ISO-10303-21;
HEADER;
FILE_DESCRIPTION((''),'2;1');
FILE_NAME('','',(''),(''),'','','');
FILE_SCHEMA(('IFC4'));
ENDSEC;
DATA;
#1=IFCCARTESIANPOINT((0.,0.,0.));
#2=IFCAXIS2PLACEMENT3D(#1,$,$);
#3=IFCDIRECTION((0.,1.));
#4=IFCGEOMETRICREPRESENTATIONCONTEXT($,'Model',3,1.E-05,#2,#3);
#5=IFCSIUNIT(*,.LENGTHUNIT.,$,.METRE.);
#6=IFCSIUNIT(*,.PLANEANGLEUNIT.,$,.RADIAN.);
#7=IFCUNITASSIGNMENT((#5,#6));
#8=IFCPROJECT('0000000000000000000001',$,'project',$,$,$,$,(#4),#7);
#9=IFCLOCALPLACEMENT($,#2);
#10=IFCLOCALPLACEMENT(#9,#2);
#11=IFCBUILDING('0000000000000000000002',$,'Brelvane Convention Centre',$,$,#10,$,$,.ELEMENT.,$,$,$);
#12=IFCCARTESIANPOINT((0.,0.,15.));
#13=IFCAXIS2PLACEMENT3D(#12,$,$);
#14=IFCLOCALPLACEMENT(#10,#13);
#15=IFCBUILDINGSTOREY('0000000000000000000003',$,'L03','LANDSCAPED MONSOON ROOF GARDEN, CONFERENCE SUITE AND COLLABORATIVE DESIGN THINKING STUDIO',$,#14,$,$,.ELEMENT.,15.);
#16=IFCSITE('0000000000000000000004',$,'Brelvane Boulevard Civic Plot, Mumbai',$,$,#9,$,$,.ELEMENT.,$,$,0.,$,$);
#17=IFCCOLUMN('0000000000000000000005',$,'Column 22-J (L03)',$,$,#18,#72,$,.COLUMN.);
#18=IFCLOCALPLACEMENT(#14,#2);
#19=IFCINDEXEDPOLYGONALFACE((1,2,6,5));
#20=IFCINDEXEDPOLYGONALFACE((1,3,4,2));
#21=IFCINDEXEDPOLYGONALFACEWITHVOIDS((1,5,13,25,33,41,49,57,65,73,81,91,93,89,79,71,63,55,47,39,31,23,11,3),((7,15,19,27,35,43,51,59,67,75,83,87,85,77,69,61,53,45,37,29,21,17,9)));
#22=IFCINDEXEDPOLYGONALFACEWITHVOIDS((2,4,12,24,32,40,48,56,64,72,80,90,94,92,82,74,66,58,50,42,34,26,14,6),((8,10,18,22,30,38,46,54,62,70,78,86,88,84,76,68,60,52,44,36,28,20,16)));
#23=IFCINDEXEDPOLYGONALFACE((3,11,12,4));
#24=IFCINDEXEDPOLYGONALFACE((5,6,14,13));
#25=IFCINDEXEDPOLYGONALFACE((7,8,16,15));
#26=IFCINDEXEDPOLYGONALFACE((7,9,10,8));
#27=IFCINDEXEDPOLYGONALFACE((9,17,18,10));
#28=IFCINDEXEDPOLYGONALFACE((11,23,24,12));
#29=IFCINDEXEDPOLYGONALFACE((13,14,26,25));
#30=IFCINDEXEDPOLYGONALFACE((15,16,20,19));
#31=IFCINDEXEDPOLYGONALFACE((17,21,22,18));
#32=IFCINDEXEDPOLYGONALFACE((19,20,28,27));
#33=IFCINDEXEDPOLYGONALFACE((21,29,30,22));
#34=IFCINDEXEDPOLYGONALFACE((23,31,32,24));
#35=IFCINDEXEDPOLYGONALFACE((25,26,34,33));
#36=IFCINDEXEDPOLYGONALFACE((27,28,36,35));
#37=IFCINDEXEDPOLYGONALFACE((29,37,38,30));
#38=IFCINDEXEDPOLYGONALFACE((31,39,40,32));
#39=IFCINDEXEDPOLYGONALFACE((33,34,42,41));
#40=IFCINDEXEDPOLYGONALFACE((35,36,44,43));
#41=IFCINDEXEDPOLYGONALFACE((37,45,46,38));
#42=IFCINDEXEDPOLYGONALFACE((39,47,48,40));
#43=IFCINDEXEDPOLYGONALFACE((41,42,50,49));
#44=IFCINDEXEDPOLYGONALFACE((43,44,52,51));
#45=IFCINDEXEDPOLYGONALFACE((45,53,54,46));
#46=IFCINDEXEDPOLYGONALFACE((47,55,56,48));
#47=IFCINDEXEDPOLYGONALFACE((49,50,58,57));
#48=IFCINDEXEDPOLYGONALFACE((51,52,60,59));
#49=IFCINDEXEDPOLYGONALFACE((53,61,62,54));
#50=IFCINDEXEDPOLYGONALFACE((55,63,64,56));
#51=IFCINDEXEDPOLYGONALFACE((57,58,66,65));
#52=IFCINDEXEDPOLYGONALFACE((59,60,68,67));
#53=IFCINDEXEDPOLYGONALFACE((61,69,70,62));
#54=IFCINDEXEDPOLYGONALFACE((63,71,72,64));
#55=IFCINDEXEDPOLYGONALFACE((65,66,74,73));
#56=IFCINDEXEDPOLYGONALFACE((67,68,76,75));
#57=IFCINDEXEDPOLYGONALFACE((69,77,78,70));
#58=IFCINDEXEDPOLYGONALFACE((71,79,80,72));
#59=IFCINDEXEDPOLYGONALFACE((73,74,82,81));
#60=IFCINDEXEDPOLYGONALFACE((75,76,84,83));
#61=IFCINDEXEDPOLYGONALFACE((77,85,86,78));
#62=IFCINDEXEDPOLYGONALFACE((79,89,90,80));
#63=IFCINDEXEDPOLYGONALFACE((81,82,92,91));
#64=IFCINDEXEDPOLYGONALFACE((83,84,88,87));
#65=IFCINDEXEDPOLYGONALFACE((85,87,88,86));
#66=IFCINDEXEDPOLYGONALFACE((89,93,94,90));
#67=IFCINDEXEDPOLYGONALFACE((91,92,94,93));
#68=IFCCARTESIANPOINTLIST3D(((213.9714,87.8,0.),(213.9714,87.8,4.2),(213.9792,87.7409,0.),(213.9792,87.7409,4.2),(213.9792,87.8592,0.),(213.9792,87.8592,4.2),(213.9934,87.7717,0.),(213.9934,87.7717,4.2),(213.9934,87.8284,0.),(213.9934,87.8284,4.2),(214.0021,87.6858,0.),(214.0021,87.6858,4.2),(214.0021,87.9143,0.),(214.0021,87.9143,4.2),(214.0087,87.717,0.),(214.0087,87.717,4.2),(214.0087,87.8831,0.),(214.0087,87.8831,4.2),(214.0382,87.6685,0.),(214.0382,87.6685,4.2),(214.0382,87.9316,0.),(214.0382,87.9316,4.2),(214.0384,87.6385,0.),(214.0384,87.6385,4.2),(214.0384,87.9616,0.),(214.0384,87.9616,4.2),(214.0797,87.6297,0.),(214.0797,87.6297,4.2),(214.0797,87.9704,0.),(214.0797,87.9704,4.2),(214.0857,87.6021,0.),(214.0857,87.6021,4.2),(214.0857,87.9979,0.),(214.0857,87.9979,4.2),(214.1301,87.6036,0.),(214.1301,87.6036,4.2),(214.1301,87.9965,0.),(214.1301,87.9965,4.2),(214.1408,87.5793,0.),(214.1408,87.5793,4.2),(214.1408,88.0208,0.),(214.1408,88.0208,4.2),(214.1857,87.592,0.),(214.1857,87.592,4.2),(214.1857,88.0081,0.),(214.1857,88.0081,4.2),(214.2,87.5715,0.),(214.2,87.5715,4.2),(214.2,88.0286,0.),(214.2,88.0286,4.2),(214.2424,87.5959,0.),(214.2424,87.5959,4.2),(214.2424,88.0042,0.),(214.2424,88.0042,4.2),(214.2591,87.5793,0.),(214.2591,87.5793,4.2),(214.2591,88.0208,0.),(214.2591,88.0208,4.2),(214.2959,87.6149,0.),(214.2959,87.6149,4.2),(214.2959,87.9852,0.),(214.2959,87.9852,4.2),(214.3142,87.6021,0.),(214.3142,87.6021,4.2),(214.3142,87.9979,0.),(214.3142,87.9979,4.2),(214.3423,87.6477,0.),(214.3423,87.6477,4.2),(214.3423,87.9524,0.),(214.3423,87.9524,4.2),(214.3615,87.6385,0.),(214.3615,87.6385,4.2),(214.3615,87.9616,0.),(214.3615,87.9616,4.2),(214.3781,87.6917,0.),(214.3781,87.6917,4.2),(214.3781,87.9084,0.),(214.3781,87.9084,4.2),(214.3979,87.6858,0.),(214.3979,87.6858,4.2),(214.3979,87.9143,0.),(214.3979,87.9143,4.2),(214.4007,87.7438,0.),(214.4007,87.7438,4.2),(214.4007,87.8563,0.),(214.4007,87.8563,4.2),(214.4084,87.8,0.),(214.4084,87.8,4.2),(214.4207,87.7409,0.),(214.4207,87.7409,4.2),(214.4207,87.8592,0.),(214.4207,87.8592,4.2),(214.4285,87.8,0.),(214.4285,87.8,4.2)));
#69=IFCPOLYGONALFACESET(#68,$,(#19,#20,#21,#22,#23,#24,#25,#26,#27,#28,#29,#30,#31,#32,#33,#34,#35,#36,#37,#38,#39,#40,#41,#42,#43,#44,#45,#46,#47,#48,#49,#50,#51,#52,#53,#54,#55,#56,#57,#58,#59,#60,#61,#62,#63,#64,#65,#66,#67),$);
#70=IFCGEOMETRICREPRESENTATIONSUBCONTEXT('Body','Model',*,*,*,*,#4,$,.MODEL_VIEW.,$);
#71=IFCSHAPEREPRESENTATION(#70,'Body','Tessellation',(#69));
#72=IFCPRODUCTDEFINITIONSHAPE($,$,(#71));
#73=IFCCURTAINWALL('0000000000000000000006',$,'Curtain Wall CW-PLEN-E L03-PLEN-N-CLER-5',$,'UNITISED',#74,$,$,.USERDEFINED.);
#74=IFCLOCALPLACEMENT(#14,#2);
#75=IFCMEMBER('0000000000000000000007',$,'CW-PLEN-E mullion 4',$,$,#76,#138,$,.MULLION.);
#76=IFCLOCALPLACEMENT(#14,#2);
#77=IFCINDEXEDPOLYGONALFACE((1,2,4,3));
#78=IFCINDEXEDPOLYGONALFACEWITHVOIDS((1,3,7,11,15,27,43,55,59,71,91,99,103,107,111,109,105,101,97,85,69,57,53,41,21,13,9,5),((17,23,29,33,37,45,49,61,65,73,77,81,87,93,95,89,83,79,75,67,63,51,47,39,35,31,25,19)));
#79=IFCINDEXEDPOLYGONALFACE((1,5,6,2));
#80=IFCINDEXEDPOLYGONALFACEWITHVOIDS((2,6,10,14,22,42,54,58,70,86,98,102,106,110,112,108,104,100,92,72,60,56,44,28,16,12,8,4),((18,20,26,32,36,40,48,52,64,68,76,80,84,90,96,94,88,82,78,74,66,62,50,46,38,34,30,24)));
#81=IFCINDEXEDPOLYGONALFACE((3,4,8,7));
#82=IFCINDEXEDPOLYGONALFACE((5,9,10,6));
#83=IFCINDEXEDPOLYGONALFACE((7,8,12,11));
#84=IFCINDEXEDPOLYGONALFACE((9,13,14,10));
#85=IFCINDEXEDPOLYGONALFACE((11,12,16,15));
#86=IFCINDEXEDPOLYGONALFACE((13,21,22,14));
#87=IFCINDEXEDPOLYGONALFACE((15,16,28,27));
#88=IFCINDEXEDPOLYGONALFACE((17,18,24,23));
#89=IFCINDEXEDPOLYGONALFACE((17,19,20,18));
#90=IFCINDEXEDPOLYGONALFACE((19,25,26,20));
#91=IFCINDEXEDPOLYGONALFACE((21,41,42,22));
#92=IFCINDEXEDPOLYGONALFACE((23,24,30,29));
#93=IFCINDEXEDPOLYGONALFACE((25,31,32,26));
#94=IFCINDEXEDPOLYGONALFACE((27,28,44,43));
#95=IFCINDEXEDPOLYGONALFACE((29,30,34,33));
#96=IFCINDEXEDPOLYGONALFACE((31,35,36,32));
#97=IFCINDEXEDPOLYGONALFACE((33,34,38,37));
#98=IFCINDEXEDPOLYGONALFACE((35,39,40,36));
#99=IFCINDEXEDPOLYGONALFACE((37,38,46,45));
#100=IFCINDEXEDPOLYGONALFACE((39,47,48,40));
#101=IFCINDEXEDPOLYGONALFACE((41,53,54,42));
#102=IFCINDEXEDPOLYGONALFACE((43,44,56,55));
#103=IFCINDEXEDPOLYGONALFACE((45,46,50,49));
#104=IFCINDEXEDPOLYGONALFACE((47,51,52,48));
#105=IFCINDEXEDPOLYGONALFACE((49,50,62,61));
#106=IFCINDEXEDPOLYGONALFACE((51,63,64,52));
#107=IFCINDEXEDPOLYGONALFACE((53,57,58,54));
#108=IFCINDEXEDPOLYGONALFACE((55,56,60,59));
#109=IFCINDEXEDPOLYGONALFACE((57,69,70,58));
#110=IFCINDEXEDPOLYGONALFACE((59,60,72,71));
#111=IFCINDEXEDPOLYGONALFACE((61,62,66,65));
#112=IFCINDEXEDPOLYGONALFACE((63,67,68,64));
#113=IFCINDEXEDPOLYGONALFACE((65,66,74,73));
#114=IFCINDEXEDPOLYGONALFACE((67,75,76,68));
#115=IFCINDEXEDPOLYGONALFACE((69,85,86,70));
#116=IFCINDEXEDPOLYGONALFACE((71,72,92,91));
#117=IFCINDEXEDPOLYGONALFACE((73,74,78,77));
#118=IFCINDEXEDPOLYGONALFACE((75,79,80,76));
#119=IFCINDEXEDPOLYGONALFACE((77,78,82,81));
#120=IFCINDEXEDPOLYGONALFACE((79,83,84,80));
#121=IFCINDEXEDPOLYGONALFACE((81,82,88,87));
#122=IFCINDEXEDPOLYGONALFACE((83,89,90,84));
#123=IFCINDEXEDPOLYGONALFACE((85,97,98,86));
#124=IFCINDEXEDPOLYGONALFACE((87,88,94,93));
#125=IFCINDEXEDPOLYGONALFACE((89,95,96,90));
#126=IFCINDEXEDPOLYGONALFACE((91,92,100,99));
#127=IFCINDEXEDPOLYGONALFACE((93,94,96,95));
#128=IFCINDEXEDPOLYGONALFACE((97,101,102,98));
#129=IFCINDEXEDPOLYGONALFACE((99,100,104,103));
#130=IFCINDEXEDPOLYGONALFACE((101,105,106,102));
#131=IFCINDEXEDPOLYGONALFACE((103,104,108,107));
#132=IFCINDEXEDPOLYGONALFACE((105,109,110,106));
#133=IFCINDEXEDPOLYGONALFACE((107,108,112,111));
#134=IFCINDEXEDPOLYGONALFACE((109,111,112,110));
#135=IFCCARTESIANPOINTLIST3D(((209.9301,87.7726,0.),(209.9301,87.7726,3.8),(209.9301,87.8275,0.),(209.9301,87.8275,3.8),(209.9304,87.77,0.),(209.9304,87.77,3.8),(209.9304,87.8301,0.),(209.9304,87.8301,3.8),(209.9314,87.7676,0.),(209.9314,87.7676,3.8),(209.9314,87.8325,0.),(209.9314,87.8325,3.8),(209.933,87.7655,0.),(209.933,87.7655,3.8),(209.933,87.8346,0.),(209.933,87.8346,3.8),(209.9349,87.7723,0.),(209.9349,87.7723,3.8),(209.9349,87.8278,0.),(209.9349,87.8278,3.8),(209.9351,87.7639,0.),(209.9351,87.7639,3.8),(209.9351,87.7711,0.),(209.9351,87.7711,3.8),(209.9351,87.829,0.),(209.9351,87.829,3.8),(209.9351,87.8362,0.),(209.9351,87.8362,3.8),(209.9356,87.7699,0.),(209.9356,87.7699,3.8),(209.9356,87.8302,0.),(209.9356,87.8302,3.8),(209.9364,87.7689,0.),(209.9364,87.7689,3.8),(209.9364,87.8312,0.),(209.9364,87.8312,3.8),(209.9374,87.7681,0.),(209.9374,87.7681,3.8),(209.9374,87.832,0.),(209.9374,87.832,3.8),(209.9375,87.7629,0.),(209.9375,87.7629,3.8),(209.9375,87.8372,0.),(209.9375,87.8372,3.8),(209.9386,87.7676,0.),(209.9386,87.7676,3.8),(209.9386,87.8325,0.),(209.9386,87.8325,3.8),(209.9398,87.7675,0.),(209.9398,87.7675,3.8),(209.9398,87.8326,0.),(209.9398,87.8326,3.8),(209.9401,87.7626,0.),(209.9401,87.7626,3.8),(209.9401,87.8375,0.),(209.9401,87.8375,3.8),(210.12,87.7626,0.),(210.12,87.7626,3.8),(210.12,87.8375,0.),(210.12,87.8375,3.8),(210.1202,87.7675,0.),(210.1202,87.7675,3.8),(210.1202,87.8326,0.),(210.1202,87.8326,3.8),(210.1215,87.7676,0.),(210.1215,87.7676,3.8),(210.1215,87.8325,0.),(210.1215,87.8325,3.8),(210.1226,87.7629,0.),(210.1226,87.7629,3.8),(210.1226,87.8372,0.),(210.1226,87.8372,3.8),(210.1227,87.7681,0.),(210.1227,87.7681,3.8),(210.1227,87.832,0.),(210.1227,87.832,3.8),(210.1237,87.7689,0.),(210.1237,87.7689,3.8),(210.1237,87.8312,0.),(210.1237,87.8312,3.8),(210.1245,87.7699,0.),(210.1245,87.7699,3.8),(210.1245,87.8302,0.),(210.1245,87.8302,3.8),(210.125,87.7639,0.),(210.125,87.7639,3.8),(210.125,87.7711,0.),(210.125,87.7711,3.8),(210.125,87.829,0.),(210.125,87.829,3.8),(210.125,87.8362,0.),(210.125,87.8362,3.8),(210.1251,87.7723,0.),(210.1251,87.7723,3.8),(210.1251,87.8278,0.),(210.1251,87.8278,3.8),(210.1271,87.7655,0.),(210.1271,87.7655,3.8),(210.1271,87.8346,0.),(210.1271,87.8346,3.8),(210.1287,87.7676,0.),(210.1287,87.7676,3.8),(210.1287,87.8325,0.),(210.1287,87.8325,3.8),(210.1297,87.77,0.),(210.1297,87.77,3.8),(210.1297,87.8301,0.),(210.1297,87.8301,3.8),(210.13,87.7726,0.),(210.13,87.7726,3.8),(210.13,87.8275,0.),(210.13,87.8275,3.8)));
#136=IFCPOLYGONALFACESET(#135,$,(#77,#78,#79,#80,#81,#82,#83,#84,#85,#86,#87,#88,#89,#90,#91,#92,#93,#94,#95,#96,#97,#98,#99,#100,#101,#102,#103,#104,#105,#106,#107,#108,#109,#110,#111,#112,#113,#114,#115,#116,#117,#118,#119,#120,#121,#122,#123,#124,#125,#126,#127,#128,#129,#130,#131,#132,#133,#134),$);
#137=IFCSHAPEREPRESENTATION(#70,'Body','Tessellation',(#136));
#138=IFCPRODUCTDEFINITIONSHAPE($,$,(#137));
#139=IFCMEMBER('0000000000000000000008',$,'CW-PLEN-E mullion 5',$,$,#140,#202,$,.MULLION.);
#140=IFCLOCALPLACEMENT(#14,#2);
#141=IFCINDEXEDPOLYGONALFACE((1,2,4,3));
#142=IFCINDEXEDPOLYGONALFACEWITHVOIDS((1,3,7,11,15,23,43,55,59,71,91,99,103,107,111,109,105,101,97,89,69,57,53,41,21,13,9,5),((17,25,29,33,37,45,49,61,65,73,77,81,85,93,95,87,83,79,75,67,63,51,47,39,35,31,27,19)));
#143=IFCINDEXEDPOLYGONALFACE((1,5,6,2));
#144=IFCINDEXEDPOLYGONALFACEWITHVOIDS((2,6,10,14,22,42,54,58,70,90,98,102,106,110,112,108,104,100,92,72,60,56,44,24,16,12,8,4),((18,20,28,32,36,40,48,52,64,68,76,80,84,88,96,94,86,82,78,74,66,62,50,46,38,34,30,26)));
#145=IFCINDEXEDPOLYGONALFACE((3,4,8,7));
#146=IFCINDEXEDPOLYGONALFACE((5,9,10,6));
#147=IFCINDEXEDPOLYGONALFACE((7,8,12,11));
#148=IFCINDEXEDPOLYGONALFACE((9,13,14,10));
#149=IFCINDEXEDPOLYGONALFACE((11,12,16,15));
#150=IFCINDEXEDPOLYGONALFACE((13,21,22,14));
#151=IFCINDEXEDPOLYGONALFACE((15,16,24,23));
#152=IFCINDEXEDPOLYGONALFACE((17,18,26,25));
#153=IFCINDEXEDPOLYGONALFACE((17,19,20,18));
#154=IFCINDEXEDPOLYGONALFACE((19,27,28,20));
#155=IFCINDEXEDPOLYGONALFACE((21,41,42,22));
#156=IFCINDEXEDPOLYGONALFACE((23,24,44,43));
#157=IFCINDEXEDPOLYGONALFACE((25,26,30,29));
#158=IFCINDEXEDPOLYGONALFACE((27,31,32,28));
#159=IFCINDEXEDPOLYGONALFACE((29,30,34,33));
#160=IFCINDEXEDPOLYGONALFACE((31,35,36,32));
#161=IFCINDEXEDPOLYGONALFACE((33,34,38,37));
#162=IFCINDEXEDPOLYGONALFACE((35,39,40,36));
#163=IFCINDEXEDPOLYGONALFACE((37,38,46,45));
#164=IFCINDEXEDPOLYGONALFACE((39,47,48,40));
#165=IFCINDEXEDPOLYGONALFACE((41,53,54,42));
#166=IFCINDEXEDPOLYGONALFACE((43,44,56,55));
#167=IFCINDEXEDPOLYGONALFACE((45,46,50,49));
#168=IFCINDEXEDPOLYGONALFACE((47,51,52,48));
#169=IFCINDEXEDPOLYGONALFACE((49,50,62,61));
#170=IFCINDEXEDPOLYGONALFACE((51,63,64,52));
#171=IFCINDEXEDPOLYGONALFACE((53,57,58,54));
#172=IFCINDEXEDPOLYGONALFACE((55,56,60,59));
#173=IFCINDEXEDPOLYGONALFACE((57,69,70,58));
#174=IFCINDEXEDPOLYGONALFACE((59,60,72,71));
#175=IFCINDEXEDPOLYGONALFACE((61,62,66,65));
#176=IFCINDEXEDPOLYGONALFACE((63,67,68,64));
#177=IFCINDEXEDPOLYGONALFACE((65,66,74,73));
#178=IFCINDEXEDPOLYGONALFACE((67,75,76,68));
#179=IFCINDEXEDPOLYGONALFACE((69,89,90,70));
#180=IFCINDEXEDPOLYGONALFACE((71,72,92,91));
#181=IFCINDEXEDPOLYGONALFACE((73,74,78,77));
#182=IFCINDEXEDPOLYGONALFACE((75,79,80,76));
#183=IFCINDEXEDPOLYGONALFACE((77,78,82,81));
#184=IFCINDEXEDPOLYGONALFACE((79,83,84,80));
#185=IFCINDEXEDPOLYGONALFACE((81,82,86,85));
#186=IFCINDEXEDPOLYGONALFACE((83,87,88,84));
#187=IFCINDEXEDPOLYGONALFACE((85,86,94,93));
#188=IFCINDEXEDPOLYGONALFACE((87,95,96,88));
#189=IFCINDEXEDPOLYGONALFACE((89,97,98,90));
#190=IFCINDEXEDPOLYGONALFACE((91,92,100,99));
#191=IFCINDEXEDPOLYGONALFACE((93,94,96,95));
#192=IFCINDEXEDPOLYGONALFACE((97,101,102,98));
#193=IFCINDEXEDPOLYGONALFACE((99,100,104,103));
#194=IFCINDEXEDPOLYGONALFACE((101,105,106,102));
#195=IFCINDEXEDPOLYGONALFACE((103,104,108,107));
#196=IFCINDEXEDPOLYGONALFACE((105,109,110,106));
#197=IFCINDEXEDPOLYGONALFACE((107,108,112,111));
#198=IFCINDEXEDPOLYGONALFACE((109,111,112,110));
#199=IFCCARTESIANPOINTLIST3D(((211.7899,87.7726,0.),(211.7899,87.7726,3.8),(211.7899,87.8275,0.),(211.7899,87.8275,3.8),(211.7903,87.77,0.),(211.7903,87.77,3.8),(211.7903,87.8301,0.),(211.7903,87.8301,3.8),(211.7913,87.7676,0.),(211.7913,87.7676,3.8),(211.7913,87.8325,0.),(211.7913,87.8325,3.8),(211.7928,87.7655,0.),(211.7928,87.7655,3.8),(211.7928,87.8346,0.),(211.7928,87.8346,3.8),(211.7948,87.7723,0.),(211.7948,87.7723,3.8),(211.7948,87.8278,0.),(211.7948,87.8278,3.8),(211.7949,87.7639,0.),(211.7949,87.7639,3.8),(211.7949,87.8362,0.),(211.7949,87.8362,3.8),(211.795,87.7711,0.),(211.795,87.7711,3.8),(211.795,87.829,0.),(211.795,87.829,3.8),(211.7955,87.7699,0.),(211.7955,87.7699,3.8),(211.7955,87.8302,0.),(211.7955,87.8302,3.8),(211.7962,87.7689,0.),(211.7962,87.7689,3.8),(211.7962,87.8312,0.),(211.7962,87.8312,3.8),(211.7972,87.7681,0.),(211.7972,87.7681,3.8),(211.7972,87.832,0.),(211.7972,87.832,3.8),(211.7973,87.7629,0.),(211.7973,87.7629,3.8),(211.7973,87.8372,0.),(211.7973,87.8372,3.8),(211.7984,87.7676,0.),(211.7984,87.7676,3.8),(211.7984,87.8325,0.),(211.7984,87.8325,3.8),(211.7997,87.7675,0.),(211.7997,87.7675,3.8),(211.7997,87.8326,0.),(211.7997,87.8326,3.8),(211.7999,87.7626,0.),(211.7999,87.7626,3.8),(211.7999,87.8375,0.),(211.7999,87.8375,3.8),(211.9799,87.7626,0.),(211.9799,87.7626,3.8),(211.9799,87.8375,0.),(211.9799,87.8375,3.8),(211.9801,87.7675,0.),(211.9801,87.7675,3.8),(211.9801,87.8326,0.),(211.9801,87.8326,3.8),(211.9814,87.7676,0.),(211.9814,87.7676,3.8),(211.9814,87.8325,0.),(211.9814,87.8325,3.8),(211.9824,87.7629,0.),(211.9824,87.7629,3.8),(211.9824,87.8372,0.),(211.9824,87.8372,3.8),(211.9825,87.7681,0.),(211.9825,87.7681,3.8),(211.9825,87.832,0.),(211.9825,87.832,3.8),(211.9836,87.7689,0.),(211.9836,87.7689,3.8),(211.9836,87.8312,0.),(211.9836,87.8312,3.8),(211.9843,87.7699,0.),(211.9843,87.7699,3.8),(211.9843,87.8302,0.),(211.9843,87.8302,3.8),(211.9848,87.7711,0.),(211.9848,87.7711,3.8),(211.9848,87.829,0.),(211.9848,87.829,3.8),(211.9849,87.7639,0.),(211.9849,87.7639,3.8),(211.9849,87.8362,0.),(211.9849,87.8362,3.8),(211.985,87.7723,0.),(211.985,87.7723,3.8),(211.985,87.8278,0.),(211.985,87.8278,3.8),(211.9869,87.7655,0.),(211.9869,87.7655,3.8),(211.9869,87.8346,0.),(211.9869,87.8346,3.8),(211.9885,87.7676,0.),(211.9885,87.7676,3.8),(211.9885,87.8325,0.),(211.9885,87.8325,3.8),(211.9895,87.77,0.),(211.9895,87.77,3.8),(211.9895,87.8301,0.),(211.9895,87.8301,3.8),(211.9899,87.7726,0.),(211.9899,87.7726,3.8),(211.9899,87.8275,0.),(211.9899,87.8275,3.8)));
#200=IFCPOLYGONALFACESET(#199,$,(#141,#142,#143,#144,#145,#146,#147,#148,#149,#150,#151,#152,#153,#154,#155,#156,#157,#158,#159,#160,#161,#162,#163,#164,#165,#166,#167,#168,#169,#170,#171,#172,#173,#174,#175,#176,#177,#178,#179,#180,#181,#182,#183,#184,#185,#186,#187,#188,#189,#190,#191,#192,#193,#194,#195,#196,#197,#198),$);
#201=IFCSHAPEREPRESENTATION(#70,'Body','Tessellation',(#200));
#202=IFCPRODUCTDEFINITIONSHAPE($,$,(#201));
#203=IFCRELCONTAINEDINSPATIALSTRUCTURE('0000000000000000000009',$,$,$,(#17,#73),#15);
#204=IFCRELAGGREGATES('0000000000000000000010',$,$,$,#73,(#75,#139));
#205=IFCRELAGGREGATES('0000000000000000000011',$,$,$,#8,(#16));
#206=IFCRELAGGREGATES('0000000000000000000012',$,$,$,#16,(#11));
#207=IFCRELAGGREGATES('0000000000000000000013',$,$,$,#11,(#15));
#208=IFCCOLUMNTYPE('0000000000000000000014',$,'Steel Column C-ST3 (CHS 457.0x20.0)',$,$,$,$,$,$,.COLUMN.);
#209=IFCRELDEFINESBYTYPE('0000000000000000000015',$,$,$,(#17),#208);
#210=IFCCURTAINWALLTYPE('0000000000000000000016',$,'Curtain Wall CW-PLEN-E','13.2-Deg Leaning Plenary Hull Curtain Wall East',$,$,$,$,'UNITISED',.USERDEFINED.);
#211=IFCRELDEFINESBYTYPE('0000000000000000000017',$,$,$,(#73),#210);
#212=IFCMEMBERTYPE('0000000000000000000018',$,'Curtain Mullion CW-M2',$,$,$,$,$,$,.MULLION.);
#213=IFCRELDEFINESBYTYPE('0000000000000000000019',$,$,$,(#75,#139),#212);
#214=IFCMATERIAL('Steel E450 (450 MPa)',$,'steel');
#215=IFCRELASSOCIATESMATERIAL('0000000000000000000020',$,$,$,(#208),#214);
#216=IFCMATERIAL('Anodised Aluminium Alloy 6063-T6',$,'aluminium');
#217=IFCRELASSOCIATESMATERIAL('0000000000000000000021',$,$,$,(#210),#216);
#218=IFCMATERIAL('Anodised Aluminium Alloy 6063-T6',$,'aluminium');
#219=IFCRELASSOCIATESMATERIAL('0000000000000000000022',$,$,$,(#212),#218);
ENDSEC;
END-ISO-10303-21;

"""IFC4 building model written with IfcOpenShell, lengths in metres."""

from ifc_helpers import new_model, si_unit, direction, frame, origin, origin_2d, place, context, subcontext, project, spatial, hollow_rectangle, hollow_circle, extrude, material, material_profile, profile_set, type_object, element, aggregate, save


model = new_model("IFC4")

# Units and contexts
model_context = context("Model", 3, precision=1e-05, world=origin(), true_north=direction((0.0, 1.0)))
body_context = subcontext(model_context, "Body", "Model", "MODEL_VIEW")
ifc_project = project(units=[si_unit("LENGTHUNIT", "METRE"), si_unit("PLANEANGLEUNIT", "RADIAN")], contexts=[model_context])

# Site, building, storey
site_placement = place(None, origin())
site = spatial("IfcSite", under=ifc_project, at=site_placement, Name="Brelvane Boulevard Civic Plot, Mumbai", CompositionType="ELEMENT", RefElevation=0.0)
building_placement = place(site_placement, origin())
building = spatial("IfcBuilding", under=site, at=building_placement, Name="Brelvane Convention Centre", CompositionType="ELEMENT")
storey_placement = place(building_placement, frame((0.0, 0.0, 15.0)))
storey = spatial("IfcBuildingStorey", under=building, at=storey_placement, Name="L03", Description="LANDSCAPED MONSOON ROOF GARDEN, CONFERENCE SUITE AND COLLABORATIVE DESIGN THINKING STUDIO", CompositionType="ELEMENT", Elevation=15.0)

# Column
ifc_material_1 = material(Name="Steel E450 (450 MPa)", Category="steel")
ifc_material_profile_1 = material_profile(ifc_material_1, hollow_circle(Radius=0.2285, WallThickness=0.02, at=origin_2d()), Name="CHS 457.0x20.0")
ifc_profile_set_1 = profile_set([ifc_material_profile_1], Name="Steel E450 (450 MPa)")
column_type = type_object("IfcColumnType", Name="Steel Column C-ST3 (CHS 457.0x20.0)", PredefinedType="COLUMN", material=ifc_profile_set_1)
column_placement = place(storey_placement, frame((214.2, 87.8, 0.0), z_axis=(0.0, 0.0, 1.0), x_axis=(1.0, 0.0, 0.0)))
element("IfcColumn", 1, at=column_placement, inside=storey, type_object=column_type, Name="Column 22-J (L03)", PredefinedType="COLUMN", context=body_context, shape_type="SweptSolid", body=[
    extrude(hollow_circle(Radius=0.2285, WallThickness=0.02, at=origin_2d()), origin(), (0.0, 0.0, 1.0), 4.2),
])

# Curtain wall, members
ifc_material_2 = material(Name="Anodised Aluminium Alloy 6063-T6", Category="aluminium")
curtain_wall_type = type_object("IfcCurtainWallType", Name="Curtain Wall CW-PLEN-E", Description="13.2-Deg Leaning Plenary Hull Curtain Wall East", ElementType="UNITISED", PredefinedType="USERDEFINED", material=ifc_material_2)
curtain_wall_1_placement = place(storey_placement, origin())
curtain_wall_1 = element("IfcCurtainWall", 2, at=curtain_wall_1_placement, inside=storey, type_object=curtain_wall_type, Name="Curtain Wall CW-PLEN-E L03-PLEN-N-CLER-5", ObjectType="UNITISED", PredefinedType="USERDEFINED")
ifc_material_3 = material(Name="Anodised Aluminium Alloy 6063-T6", Category="aluminium")
ifc_material_profile_2 = material_profile(ifc_material_3, hollow_rectangle(XDim=0.075, YDim=0.2, WallThickness=0.0049, InnerFilletRadius=0.0049, OuterFilletRadius=0.01, at=origin_2d()), Name="ALU-M 200x75x5.0")
ifc_profile_set_2 = profile_set([ifc_material_profile_2], Name="Anodised Aluminium Alloy 6063-T6")
member_type_1 = type_object("IfcMemberType", Name="Curtain Mullion CW-M2", PredefinedType="MULLION", material=ifc_profile_set_2)
member_1_placement = place(storey_placement, frame((210.03, 87.8, 0.0), z_axis=(0.0, 0.0, 1.0), x_axis=(0.0, 1.0, 0.0)))
member_1 = element("IfcMember", 3, at=member_1_placement, type_object=member_type_1, Name="CW-PLEN-E mullion 4", PredefinedType="MULLION", context=body_context, shape_type="SweptSolid", body=[
    extrude(hollow_rectangle(XDim=0.075, YDim=0.2, WallThickness=0.0049, InnerFilletRadius=0.0049, OuterFilletRadius=0.01, at=origin_2d()), origin(), (0.0, 0.0, 1.0), 3.8),
])
member_2_placement = place(storey_placement, frame((211.8899, 87.8, 0.0), z_axis=(0.0, 0.0, 1.0), x_axis=(0.0, 1.0, 0.0)))
member_2 = element("IfcMember", 4, at=member_2_placement, type_object=member_type_1, Name="CW-PLEN-E mullion 5", PredefinedType="MULLION", context=body_context, shape_type="SweptSolid", body=[
    extrude(hollow_rectangle(XDim=0.075, YDim=0.2, WallThickness=0.0049, InnerFilletRadius=0.0049, OuterFilletRadius=0.01, at=origin_2d()), origin(), (0.0, 0.0, 1.0), 3.8),
])

aggregate(curtain_wall_1, [member_1, member_2])

save(model, "model.ifc")
